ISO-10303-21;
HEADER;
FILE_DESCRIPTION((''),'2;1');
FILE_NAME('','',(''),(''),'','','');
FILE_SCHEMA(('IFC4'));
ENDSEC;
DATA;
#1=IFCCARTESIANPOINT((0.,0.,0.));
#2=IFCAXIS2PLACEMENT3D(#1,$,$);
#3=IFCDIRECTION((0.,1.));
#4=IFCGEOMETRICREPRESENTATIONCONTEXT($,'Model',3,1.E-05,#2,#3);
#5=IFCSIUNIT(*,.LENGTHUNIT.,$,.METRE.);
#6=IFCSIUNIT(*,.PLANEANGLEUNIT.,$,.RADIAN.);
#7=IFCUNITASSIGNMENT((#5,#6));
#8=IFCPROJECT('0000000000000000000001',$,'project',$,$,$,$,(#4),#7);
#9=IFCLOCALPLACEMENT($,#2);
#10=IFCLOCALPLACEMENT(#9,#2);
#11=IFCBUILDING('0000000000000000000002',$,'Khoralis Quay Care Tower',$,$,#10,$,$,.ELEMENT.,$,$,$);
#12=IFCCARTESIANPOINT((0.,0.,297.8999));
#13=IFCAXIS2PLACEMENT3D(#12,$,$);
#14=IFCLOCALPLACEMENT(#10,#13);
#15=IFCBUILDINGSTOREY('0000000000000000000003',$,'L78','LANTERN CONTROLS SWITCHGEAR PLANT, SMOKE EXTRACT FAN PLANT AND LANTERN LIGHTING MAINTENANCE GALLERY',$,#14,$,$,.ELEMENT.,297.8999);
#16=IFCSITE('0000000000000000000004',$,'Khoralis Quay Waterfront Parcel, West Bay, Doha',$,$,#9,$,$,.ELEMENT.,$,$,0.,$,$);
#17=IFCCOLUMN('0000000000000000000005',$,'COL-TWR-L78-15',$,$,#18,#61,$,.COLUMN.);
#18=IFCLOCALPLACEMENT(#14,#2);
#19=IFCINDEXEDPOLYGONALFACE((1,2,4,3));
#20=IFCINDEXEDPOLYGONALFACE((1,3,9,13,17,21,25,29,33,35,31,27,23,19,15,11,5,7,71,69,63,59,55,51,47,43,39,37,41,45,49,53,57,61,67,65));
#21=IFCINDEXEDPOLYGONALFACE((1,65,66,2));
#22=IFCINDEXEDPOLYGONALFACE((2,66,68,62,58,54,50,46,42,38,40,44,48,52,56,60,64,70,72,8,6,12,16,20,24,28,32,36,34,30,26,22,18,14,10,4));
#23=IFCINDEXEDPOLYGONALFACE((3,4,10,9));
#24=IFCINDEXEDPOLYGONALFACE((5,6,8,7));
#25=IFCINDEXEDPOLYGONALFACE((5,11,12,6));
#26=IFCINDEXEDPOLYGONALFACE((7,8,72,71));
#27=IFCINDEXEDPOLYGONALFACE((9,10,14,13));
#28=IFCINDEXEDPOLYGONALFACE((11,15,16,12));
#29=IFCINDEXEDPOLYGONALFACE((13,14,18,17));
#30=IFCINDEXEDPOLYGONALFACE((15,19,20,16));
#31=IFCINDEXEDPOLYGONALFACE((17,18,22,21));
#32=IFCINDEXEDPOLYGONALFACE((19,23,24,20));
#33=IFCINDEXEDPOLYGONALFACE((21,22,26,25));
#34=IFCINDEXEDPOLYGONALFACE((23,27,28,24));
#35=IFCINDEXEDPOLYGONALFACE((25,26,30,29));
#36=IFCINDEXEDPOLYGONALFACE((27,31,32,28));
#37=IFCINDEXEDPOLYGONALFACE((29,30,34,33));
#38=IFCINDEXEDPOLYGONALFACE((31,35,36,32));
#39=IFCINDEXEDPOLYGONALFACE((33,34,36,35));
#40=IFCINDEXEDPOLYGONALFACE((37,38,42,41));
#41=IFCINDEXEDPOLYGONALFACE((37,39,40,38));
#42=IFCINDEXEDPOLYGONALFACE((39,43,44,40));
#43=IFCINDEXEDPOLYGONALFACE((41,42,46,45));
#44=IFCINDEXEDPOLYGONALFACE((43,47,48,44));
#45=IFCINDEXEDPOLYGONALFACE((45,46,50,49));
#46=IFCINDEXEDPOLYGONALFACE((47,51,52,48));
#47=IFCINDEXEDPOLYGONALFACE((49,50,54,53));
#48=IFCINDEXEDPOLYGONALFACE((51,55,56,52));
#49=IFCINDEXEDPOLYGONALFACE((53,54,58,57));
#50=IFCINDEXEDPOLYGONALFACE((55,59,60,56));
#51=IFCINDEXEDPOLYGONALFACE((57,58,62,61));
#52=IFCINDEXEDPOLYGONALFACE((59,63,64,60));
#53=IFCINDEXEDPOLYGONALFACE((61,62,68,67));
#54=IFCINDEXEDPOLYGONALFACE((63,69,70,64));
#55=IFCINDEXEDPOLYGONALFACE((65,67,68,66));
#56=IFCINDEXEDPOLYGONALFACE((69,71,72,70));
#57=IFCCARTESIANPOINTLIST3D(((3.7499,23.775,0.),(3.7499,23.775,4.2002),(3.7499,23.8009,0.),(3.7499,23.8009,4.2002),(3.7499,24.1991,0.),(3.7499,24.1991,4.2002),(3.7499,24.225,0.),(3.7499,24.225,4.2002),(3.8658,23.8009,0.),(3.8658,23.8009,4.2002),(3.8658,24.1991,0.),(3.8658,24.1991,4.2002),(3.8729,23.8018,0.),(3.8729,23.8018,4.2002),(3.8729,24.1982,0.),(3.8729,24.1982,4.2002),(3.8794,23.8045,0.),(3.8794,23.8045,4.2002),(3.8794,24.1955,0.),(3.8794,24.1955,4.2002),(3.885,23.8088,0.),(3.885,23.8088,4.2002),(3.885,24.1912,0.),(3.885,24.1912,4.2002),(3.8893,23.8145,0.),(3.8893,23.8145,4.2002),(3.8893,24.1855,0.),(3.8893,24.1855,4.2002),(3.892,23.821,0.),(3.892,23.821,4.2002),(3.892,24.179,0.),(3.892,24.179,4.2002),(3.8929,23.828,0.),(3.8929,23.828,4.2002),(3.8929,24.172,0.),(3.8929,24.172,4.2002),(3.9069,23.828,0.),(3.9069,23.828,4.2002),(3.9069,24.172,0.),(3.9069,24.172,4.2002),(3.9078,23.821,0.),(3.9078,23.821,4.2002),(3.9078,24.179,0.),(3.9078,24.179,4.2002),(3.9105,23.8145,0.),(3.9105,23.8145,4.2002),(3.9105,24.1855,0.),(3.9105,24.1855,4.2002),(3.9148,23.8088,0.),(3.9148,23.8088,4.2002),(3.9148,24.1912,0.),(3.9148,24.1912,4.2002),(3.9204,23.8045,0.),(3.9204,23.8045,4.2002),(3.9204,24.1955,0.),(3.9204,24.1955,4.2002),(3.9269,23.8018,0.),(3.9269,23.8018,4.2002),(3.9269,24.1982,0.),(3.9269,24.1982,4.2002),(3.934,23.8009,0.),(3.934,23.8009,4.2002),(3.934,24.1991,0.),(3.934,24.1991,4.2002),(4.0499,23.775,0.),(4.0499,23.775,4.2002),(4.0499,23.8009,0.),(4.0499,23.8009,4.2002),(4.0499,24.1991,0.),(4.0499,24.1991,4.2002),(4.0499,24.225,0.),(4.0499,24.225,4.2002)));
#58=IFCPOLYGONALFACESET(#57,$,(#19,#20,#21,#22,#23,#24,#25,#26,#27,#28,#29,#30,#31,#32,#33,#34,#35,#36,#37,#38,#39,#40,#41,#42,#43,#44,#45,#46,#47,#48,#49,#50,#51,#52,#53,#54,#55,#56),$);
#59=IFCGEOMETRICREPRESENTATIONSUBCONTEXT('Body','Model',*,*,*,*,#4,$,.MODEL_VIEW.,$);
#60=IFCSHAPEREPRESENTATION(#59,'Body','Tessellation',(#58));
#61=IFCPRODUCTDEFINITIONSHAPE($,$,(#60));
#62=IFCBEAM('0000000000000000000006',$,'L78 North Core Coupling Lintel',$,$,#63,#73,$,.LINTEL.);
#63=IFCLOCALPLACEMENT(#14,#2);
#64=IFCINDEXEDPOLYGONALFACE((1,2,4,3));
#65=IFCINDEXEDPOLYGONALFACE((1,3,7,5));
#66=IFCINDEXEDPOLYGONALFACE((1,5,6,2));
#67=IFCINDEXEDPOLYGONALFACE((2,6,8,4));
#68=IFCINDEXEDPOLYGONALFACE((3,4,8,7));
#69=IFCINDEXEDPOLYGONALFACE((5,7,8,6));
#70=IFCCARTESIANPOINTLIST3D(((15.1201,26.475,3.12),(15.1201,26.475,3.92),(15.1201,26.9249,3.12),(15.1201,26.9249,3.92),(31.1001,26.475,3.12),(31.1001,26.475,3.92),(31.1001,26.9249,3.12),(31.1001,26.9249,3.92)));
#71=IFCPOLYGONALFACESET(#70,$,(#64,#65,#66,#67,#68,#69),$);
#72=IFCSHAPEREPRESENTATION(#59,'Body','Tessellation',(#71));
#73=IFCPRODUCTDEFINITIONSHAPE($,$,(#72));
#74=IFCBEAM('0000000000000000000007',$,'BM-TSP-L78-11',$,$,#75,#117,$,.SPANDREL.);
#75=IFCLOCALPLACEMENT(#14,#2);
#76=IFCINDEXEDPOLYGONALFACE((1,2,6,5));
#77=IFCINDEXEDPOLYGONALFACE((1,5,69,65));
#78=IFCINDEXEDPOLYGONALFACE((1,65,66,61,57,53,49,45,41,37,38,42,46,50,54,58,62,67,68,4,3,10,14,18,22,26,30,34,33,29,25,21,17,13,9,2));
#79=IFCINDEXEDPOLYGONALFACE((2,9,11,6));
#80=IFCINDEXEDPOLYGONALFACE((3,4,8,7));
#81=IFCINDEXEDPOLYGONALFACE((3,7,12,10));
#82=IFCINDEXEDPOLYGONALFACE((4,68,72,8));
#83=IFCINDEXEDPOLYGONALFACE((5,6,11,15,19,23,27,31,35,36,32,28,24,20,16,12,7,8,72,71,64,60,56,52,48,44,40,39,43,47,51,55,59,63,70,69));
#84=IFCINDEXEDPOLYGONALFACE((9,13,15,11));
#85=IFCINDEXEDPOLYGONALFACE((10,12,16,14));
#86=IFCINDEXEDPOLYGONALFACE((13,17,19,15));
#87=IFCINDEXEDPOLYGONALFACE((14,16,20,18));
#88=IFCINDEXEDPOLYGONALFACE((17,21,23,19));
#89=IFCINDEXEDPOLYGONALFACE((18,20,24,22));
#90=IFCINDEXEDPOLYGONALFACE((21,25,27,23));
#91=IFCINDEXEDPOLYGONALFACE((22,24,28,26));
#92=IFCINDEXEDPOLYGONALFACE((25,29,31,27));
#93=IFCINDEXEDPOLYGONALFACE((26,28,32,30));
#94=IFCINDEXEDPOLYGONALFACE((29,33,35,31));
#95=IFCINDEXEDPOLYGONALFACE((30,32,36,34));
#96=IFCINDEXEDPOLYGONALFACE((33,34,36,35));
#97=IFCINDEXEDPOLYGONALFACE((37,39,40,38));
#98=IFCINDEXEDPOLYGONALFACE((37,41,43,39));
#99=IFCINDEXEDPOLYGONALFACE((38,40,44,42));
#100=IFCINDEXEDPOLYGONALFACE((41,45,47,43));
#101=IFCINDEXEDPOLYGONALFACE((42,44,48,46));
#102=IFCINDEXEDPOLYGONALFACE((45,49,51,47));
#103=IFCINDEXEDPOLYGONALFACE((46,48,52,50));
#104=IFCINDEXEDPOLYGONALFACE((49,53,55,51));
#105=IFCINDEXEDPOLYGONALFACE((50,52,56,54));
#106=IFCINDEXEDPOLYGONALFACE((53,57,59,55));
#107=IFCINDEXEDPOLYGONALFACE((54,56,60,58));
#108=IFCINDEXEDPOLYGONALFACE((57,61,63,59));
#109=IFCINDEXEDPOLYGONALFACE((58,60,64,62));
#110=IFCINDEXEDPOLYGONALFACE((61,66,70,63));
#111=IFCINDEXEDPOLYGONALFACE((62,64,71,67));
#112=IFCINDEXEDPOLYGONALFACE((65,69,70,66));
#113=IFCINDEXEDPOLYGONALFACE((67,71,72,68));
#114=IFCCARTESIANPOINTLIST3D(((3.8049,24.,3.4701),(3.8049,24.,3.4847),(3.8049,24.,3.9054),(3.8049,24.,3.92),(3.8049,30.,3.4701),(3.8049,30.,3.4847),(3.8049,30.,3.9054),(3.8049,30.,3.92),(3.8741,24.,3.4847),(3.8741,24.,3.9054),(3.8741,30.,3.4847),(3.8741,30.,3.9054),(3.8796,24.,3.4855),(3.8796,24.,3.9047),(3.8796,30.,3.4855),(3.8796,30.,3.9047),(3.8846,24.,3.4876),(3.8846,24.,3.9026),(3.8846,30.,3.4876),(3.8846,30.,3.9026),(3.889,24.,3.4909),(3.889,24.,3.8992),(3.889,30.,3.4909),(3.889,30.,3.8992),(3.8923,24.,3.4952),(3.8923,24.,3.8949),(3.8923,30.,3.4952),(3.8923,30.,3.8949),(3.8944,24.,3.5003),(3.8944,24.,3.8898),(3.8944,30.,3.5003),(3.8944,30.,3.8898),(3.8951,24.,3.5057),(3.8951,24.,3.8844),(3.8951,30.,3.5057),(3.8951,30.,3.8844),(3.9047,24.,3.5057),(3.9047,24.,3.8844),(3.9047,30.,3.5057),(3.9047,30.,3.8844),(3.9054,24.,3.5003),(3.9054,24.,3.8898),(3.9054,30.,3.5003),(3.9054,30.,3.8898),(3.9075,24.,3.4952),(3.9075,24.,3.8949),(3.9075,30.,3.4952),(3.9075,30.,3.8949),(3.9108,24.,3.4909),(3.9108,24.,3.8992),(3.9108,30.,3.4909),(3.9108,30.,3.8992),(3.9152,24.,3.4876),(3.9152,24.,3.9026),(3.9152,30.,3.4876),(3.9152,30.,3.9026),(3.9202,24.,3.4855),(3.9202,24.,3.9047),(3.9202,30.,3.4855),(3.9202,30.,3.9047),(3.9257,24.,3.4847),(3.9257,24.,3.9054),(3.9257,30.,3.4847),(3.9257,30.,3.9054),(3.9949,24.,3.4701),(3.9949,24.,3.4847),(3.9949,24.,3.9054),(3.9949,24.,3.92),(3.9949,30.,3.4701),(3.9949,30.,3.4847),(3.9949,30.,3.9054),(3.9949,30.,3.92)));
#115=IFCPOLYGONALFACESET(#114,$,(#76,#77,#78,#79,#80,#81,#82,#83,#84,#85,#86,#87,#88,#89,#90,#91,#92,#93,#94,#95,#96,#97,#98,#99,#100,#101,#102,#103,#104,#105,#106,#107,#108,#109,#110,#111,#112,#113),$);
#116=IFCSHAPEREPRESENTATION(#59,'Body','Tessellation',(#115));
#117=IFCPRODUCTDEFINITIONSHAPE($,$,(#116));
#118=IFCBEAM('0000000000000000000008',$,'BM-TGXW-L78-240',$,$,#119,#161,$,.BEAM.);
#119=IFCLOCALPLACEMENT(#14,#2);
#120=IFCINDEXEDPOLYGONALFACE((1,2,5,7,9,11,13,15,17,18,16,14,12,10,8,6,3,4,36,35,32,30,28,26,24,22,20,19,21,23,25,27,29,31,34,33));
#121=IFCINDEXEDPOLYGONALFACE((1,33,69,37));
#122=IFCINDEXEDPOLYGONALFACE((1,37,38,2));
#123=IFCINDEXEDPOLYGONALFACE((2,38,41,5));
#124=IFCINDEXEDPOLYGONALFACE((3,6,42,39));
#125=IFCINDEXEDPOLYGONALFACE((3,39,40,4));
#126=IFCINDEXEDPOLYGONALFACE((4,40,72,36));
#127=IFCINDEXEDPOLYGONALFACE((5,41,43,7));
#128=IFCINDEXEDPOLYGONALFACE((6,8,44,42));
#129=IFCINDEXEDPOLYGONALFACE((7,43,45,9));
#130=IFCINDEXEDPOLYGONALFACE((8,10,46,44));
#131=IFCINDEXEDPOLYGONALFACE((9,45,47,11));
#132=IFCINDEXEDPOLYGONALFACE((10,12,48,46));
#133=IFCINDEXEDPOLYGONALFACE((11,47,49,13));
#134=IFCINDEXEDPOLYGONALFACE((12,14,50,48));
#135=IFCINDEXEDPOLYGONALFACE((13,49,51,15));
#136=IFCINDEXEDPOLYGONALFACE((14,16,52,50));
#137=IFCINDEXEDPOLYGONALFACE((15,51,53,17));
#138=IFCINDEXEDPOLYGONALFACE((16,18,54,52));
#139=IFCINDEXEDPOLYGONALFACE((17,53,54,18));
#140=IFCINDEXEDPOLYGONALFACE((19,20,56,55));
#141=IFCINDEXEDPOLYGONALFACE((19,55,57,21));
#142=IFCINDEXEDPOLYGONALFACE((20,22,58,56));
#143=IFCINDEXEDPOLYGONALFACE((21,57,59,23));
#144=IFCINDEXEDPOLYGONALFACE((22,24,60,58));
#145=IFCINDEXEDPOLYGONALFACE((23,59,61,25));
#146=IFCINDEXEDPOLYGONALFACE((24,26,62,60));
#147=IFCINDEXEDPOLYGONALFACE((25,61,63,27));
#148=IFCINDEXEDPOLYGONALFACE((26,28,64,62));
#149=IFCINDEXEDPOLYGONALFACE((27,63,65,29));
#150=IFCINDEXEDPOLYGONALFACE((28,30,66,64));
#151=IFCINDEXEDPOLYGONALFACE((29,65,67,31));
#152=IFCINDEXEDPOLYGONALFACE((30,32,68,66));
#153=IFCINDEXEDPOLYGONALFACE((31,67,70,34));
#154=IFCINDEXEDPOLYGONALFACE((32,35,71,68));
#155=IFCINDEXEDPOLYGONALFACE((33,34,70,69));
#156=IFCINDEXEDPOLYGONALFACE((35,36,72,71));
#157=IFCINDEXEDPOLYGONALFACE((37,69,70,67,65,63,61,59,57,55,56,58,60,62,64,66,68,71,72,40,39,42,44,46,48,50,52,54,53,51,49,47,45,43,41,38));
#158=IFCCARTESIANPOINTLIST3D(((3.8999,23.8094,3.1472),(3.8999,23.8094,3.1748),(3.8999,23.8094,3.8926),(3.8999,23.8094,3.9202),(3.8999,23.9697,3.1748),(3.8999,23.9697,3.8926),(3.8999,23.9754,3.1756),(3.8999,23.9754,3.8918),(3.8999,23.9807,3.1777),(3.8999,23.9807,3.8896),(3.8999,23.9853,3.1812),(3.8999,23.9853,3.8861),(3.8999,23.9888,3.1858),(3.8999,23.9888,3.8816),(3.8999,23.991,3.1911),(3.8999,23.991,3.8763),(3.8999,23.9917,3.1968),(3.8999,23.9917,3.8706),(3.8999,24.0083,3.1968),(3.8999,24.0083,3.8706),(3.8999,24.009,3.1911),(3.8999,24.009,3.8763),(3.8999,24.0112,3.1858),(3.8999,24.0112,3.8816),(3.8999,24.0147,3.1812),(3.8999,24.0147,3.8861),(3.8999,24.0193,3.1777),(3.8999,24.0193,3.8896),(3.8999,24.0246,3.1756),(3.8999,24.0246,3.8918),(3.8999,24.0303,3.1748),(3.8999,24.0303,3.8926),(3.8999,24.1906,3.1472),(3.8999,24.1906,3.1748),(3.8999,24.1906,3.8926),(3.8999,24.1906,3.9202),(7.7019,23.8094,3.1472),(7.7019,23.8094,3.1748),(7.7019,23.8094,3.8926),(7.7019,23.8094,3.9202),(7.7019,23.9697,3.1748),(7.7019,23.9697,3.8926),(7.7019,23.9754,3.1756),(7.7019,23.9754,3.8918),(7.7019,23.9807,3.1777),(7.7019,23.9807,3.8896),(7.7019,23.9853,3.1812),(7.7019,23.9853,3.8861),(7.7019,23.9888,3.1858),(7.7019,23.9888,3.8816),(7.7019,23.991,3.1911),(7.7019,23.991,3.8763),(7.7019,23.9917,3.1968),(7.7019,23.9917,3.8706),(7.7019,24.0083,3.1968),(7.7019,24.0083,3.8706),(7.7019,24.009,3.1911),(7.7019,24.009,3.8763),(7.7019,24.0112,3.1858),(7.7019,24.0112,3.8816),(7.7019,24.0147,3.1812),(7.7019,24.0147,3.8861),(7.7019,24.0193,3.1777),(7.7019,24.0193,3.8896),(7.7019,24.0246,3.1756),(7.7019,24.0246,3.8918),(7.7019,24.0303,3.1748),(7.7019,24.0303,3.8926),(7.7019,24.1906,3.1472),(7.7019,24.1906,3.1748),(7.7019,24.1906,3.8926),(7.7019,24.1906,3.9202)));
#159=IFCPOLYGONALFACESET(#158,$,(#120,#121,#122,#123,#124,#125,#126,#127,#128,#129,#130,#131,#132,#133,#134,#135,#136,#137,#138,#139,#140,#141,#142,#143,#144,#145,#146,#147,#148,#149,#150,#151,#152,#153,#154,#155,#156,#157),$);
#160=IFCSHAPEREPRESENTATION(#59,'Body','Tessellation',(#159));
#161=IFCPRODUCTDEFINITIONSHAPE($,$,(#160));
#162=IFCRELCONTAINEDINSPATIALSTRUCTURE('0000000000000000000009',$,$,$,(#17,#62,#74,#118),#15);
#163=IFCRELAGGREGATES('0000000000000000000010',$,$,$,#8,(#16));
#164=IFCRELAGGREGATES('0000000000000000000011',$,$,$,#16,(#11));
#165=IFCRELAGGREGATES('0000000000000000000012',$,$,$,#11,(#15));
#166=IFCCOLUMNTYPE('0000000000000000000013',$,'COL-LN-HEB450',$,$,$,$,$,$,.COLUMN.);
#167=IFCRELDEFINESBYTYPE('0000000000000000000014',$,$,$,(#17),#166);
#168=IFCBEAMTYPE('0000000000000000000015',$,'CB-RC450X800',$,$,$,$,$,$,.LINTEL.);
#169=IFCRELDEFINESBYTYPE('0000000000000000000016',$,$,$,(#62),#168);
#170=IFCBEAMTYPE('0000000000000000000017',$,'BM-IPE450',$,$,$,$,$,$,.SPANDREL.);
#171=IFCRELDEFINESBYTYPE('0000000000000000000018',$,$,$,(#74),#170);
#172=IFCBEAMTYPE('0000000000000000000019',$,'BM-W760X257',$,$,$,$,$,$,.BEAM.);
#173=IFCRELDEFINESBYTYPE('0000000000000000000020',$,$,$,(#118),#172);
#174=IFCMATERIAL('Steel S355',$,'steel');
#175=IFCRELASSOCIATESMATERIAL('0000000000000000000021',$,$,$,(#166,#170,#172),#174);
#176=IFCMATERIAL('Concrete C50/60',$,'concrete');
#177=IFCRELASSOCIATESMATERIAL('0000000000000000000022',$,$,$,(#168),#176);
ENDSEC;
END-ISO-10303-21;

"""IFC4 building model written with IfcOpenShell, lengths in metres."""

from ifc_helpers import new_model, si_unit, direction, frame, origin, origin_2d, place, context, subcontext, project, spatial, rectangle, i_section, extrude, source, transform, mapped, material, material_profile, profile_set, type_object, element, save


model = new_model("IFC4")

# Units and contexts
model_context = context("Model", 3, precision=1e-05, world=origin(), true_north=direction((0.0, 1.0)))
body_context = subcontext(model_context, "Body", "Model", "MODEL_VIEW")
ifc_project = project(units=[si_unit("LENGTHUNIT", "METRE"), si_unit("PLANEANGLEUNIT", "RADIAN")], contexts=[model_context])

# Site, building, storey
site_placement = place(None, origin())
site = spatial("IfcSite", under=ifc_project, at=site_placement, Name="Khoralis Quay Waterfront Parcel, West Bay, Doha", CompositionType="ELEMENT", RefElevation=0.0)
building_placement = place(site_placement, origin())
building = spatial("IfcBuilding", under=site, at=building_placement, Name="Khoralis Quay Care Tower", CompositionType="ELEMENT")
storey_placement = place(building_placement, frame((0.0, 0.0, 297.8999)))
storey = spatial("IfcBuildingStorey", under=building, at=storey_placement, Name="L78", Description="LANTERN CONTROLS SWITCHGEAR PLANT, SMOKE EXTRACT FAN PLANT AND LANTERN LIGHTING MAINTENANCE GALLERY", CompositionType="ELEMENT", Elevation=297.8999)

# Column
ifc_material_1 = material(Name="Steel S355", Category="steel")
ifc_material_profile_1 = material_profile(ifc_material_1, i_section(OverallWidth=0.3, OverallDepth=0.45, WebThickness=0.0139, FlangeThickness=0.0259, FilletRadius=0.0271, at=origin_2d()), Name="Steel S355")
ifc_profile_set_1 = profile_set([ifc_material_profile_1], Name="Steel S355")
column_type = type_object("IfcColumnType", Name="COL-LN-HEB450", PredefinedType="COLUMN", material=ifc_profile_set_1)
shared_shape_1 = source(origin(), body_context, "Body", "SweptSolid", [
    extrude(i_section(OverallWidth=0.3, OverallDepth=0.45, WebThickness=0.0139, FlangeThickness=0.0259, FilletRadius=0.0271, at=origin_2d()), origin(), (0.0, 0.0, 1.0), 4.2002),
])
column_placement = place(storey_placement, frame((3.8999, 24.0, 0.0), z_axis=(0.0, 0.0, 1.0), x_axis=(1.0, 0.0, 0.0)))
element("IfcColumn", 1, at=column_placement, inside=storey, type_object=column_type, Name="COL-TWR-L78-15", PredefinedType="COLUMN", context=body_context, shape_type="MappedRepresentation", body=[
    mapped(shared_shape_1, transform((0.0, 0.0, 0.0), scale=1.0)),
])

# Beams
ifc_material_2 = material(Name="Concrete C50/60", Category="concrete")
ifc_material_profile_2 = material_profile(ifc_material_2, rectangle(XDim=0.45, YDim=0.8, at=origin_2d()), Name="Concrete C50/60")
ifc_profile_set_2 = profile_set([ifc_material_profile_2], Name="Concrete C50/60")
beam_type_1 = type_object("IfcBeamType", Name="CB-RC450X800", PredefinedType="LINTEL", material=ifc_profile_set_2)
shared_shape_2 = source(origin(), body_context, "Body", "SweptSolid", [
    extrude(rectangle(XDim=0.45, YDim=0.8, at=origin_2d()), origin(), (0.0, 0.0, 1.0), 15.98),
])
beam_1_placement = place(storey_placement, frame((15.1201, 26.7, 3.52), z_axis=(1.0, 0.0, 0.0), x_axis=(0.0, 1.0, 0.0)))
element("IfcBeam", 2, at=beam_1_placement, inside=storey, type_object=beam_type_1, Name="L78 North Core Coupling Lintel", PredefinedType="LINTEL", context=body_context, shape_type="MappedRepresentation", body=[
    mapped(shared_shape_2, transform((0.0, 0.0, 0.0), scale=1.0)),
])
ifc_material_profile_3 = material_profile(ifc_material_1, i_section(OverallWidth=0.1899, OverallDepth=0.45, WebThickness=0.0095, FlangeThickness=0.0146, FilletRadius=0.021, at=origin_2d()), Name="Steel S355")
ifc_profile_set_3 = profile_set([ifc_material_profile_3], Name="Steel S355")
beam_type_2 = type_object("IfcBeamType", Name="BM-IPE450", PredefinedType="SPANDREL", material=ifc_profile_set_3)
shared_shape_3 = source(origin(), body_context, "Body", "SweptSolid", [
    extrude(i_section(OverallWidth=0.1899, OverallDepth=0.45, WebThickness=0.0095, FlangeThickness=0.0146, FilletRadius=0.021, at=origin_2d()), origin(), (0.0, 0.0, 1.0), 6.0),
])
beam_2_placement = place(storey_placement, frame((3.8999, 24.0, 3.6951), z_axis=(0.0, 1.0, 0.0), x_axis=(-1.0, 0.0, 0.0)))
element("IfcBeam", 3, at=beam_2_placement, inside=storey, type_object=beam_type_2, Name="BM-TSP-L78-11", PredefinedType="SPANDREL", context=body_context, shape_type="MappedRepresentation", body=[
    mapped(shared_shape_3, transform((0.0, 0.0, 0.0), scale=1.0)),
])
ifc_material_profile_4 = material_profile(ifc_material_1, i_section(OverallWidth=0.3811, OverallDepth=0.7729, WebThickness=0.0166, FlangeThickness=0.0276, FilletRadius=0.022, at=origin_2d()), Name="Steel S355")
ifc_profile_set_4 = profile_set([ifc_material_profile_4], Name="Steel S355")
beam_type_3 = type_object("IfcBeamType", Name="BM-W760X257", PredefinedType="BEAM", material=ifc_profile_set_4)
shared_shape_4 = source(origin(), body_context, "Body", "SweptSolid", [
    extrude(i_section(OverallWidth=0.3811, OverallDepth=0.7729, WebThickness=0.0166, FlangeThickness=0.0276, FilletRadius=0.022, at=origin_2d()), origin(), (0.0, 0.0, 1.0), 3.802),
])
beam_3_placement = place(storey_placement, frame((3.8999, 24.0, 3.5337), z_axis=(1.0, 0.0, 0.0), x_axis=(0.0, 1.0, 0.0)))
element("IfcBeam", 4, at=beam_3_placement, inside=storey, type_object=beam_type_3, Name="BM-TGXW-L78-240", PredefinedType="BEAM", context=body_context, shape_type="MappedRepresentation", body=[
    mapped(shared_shape_4, transform((0.0, 0.0, 0.0), scale=1.0)),
])

save(model, "model.ifc")
